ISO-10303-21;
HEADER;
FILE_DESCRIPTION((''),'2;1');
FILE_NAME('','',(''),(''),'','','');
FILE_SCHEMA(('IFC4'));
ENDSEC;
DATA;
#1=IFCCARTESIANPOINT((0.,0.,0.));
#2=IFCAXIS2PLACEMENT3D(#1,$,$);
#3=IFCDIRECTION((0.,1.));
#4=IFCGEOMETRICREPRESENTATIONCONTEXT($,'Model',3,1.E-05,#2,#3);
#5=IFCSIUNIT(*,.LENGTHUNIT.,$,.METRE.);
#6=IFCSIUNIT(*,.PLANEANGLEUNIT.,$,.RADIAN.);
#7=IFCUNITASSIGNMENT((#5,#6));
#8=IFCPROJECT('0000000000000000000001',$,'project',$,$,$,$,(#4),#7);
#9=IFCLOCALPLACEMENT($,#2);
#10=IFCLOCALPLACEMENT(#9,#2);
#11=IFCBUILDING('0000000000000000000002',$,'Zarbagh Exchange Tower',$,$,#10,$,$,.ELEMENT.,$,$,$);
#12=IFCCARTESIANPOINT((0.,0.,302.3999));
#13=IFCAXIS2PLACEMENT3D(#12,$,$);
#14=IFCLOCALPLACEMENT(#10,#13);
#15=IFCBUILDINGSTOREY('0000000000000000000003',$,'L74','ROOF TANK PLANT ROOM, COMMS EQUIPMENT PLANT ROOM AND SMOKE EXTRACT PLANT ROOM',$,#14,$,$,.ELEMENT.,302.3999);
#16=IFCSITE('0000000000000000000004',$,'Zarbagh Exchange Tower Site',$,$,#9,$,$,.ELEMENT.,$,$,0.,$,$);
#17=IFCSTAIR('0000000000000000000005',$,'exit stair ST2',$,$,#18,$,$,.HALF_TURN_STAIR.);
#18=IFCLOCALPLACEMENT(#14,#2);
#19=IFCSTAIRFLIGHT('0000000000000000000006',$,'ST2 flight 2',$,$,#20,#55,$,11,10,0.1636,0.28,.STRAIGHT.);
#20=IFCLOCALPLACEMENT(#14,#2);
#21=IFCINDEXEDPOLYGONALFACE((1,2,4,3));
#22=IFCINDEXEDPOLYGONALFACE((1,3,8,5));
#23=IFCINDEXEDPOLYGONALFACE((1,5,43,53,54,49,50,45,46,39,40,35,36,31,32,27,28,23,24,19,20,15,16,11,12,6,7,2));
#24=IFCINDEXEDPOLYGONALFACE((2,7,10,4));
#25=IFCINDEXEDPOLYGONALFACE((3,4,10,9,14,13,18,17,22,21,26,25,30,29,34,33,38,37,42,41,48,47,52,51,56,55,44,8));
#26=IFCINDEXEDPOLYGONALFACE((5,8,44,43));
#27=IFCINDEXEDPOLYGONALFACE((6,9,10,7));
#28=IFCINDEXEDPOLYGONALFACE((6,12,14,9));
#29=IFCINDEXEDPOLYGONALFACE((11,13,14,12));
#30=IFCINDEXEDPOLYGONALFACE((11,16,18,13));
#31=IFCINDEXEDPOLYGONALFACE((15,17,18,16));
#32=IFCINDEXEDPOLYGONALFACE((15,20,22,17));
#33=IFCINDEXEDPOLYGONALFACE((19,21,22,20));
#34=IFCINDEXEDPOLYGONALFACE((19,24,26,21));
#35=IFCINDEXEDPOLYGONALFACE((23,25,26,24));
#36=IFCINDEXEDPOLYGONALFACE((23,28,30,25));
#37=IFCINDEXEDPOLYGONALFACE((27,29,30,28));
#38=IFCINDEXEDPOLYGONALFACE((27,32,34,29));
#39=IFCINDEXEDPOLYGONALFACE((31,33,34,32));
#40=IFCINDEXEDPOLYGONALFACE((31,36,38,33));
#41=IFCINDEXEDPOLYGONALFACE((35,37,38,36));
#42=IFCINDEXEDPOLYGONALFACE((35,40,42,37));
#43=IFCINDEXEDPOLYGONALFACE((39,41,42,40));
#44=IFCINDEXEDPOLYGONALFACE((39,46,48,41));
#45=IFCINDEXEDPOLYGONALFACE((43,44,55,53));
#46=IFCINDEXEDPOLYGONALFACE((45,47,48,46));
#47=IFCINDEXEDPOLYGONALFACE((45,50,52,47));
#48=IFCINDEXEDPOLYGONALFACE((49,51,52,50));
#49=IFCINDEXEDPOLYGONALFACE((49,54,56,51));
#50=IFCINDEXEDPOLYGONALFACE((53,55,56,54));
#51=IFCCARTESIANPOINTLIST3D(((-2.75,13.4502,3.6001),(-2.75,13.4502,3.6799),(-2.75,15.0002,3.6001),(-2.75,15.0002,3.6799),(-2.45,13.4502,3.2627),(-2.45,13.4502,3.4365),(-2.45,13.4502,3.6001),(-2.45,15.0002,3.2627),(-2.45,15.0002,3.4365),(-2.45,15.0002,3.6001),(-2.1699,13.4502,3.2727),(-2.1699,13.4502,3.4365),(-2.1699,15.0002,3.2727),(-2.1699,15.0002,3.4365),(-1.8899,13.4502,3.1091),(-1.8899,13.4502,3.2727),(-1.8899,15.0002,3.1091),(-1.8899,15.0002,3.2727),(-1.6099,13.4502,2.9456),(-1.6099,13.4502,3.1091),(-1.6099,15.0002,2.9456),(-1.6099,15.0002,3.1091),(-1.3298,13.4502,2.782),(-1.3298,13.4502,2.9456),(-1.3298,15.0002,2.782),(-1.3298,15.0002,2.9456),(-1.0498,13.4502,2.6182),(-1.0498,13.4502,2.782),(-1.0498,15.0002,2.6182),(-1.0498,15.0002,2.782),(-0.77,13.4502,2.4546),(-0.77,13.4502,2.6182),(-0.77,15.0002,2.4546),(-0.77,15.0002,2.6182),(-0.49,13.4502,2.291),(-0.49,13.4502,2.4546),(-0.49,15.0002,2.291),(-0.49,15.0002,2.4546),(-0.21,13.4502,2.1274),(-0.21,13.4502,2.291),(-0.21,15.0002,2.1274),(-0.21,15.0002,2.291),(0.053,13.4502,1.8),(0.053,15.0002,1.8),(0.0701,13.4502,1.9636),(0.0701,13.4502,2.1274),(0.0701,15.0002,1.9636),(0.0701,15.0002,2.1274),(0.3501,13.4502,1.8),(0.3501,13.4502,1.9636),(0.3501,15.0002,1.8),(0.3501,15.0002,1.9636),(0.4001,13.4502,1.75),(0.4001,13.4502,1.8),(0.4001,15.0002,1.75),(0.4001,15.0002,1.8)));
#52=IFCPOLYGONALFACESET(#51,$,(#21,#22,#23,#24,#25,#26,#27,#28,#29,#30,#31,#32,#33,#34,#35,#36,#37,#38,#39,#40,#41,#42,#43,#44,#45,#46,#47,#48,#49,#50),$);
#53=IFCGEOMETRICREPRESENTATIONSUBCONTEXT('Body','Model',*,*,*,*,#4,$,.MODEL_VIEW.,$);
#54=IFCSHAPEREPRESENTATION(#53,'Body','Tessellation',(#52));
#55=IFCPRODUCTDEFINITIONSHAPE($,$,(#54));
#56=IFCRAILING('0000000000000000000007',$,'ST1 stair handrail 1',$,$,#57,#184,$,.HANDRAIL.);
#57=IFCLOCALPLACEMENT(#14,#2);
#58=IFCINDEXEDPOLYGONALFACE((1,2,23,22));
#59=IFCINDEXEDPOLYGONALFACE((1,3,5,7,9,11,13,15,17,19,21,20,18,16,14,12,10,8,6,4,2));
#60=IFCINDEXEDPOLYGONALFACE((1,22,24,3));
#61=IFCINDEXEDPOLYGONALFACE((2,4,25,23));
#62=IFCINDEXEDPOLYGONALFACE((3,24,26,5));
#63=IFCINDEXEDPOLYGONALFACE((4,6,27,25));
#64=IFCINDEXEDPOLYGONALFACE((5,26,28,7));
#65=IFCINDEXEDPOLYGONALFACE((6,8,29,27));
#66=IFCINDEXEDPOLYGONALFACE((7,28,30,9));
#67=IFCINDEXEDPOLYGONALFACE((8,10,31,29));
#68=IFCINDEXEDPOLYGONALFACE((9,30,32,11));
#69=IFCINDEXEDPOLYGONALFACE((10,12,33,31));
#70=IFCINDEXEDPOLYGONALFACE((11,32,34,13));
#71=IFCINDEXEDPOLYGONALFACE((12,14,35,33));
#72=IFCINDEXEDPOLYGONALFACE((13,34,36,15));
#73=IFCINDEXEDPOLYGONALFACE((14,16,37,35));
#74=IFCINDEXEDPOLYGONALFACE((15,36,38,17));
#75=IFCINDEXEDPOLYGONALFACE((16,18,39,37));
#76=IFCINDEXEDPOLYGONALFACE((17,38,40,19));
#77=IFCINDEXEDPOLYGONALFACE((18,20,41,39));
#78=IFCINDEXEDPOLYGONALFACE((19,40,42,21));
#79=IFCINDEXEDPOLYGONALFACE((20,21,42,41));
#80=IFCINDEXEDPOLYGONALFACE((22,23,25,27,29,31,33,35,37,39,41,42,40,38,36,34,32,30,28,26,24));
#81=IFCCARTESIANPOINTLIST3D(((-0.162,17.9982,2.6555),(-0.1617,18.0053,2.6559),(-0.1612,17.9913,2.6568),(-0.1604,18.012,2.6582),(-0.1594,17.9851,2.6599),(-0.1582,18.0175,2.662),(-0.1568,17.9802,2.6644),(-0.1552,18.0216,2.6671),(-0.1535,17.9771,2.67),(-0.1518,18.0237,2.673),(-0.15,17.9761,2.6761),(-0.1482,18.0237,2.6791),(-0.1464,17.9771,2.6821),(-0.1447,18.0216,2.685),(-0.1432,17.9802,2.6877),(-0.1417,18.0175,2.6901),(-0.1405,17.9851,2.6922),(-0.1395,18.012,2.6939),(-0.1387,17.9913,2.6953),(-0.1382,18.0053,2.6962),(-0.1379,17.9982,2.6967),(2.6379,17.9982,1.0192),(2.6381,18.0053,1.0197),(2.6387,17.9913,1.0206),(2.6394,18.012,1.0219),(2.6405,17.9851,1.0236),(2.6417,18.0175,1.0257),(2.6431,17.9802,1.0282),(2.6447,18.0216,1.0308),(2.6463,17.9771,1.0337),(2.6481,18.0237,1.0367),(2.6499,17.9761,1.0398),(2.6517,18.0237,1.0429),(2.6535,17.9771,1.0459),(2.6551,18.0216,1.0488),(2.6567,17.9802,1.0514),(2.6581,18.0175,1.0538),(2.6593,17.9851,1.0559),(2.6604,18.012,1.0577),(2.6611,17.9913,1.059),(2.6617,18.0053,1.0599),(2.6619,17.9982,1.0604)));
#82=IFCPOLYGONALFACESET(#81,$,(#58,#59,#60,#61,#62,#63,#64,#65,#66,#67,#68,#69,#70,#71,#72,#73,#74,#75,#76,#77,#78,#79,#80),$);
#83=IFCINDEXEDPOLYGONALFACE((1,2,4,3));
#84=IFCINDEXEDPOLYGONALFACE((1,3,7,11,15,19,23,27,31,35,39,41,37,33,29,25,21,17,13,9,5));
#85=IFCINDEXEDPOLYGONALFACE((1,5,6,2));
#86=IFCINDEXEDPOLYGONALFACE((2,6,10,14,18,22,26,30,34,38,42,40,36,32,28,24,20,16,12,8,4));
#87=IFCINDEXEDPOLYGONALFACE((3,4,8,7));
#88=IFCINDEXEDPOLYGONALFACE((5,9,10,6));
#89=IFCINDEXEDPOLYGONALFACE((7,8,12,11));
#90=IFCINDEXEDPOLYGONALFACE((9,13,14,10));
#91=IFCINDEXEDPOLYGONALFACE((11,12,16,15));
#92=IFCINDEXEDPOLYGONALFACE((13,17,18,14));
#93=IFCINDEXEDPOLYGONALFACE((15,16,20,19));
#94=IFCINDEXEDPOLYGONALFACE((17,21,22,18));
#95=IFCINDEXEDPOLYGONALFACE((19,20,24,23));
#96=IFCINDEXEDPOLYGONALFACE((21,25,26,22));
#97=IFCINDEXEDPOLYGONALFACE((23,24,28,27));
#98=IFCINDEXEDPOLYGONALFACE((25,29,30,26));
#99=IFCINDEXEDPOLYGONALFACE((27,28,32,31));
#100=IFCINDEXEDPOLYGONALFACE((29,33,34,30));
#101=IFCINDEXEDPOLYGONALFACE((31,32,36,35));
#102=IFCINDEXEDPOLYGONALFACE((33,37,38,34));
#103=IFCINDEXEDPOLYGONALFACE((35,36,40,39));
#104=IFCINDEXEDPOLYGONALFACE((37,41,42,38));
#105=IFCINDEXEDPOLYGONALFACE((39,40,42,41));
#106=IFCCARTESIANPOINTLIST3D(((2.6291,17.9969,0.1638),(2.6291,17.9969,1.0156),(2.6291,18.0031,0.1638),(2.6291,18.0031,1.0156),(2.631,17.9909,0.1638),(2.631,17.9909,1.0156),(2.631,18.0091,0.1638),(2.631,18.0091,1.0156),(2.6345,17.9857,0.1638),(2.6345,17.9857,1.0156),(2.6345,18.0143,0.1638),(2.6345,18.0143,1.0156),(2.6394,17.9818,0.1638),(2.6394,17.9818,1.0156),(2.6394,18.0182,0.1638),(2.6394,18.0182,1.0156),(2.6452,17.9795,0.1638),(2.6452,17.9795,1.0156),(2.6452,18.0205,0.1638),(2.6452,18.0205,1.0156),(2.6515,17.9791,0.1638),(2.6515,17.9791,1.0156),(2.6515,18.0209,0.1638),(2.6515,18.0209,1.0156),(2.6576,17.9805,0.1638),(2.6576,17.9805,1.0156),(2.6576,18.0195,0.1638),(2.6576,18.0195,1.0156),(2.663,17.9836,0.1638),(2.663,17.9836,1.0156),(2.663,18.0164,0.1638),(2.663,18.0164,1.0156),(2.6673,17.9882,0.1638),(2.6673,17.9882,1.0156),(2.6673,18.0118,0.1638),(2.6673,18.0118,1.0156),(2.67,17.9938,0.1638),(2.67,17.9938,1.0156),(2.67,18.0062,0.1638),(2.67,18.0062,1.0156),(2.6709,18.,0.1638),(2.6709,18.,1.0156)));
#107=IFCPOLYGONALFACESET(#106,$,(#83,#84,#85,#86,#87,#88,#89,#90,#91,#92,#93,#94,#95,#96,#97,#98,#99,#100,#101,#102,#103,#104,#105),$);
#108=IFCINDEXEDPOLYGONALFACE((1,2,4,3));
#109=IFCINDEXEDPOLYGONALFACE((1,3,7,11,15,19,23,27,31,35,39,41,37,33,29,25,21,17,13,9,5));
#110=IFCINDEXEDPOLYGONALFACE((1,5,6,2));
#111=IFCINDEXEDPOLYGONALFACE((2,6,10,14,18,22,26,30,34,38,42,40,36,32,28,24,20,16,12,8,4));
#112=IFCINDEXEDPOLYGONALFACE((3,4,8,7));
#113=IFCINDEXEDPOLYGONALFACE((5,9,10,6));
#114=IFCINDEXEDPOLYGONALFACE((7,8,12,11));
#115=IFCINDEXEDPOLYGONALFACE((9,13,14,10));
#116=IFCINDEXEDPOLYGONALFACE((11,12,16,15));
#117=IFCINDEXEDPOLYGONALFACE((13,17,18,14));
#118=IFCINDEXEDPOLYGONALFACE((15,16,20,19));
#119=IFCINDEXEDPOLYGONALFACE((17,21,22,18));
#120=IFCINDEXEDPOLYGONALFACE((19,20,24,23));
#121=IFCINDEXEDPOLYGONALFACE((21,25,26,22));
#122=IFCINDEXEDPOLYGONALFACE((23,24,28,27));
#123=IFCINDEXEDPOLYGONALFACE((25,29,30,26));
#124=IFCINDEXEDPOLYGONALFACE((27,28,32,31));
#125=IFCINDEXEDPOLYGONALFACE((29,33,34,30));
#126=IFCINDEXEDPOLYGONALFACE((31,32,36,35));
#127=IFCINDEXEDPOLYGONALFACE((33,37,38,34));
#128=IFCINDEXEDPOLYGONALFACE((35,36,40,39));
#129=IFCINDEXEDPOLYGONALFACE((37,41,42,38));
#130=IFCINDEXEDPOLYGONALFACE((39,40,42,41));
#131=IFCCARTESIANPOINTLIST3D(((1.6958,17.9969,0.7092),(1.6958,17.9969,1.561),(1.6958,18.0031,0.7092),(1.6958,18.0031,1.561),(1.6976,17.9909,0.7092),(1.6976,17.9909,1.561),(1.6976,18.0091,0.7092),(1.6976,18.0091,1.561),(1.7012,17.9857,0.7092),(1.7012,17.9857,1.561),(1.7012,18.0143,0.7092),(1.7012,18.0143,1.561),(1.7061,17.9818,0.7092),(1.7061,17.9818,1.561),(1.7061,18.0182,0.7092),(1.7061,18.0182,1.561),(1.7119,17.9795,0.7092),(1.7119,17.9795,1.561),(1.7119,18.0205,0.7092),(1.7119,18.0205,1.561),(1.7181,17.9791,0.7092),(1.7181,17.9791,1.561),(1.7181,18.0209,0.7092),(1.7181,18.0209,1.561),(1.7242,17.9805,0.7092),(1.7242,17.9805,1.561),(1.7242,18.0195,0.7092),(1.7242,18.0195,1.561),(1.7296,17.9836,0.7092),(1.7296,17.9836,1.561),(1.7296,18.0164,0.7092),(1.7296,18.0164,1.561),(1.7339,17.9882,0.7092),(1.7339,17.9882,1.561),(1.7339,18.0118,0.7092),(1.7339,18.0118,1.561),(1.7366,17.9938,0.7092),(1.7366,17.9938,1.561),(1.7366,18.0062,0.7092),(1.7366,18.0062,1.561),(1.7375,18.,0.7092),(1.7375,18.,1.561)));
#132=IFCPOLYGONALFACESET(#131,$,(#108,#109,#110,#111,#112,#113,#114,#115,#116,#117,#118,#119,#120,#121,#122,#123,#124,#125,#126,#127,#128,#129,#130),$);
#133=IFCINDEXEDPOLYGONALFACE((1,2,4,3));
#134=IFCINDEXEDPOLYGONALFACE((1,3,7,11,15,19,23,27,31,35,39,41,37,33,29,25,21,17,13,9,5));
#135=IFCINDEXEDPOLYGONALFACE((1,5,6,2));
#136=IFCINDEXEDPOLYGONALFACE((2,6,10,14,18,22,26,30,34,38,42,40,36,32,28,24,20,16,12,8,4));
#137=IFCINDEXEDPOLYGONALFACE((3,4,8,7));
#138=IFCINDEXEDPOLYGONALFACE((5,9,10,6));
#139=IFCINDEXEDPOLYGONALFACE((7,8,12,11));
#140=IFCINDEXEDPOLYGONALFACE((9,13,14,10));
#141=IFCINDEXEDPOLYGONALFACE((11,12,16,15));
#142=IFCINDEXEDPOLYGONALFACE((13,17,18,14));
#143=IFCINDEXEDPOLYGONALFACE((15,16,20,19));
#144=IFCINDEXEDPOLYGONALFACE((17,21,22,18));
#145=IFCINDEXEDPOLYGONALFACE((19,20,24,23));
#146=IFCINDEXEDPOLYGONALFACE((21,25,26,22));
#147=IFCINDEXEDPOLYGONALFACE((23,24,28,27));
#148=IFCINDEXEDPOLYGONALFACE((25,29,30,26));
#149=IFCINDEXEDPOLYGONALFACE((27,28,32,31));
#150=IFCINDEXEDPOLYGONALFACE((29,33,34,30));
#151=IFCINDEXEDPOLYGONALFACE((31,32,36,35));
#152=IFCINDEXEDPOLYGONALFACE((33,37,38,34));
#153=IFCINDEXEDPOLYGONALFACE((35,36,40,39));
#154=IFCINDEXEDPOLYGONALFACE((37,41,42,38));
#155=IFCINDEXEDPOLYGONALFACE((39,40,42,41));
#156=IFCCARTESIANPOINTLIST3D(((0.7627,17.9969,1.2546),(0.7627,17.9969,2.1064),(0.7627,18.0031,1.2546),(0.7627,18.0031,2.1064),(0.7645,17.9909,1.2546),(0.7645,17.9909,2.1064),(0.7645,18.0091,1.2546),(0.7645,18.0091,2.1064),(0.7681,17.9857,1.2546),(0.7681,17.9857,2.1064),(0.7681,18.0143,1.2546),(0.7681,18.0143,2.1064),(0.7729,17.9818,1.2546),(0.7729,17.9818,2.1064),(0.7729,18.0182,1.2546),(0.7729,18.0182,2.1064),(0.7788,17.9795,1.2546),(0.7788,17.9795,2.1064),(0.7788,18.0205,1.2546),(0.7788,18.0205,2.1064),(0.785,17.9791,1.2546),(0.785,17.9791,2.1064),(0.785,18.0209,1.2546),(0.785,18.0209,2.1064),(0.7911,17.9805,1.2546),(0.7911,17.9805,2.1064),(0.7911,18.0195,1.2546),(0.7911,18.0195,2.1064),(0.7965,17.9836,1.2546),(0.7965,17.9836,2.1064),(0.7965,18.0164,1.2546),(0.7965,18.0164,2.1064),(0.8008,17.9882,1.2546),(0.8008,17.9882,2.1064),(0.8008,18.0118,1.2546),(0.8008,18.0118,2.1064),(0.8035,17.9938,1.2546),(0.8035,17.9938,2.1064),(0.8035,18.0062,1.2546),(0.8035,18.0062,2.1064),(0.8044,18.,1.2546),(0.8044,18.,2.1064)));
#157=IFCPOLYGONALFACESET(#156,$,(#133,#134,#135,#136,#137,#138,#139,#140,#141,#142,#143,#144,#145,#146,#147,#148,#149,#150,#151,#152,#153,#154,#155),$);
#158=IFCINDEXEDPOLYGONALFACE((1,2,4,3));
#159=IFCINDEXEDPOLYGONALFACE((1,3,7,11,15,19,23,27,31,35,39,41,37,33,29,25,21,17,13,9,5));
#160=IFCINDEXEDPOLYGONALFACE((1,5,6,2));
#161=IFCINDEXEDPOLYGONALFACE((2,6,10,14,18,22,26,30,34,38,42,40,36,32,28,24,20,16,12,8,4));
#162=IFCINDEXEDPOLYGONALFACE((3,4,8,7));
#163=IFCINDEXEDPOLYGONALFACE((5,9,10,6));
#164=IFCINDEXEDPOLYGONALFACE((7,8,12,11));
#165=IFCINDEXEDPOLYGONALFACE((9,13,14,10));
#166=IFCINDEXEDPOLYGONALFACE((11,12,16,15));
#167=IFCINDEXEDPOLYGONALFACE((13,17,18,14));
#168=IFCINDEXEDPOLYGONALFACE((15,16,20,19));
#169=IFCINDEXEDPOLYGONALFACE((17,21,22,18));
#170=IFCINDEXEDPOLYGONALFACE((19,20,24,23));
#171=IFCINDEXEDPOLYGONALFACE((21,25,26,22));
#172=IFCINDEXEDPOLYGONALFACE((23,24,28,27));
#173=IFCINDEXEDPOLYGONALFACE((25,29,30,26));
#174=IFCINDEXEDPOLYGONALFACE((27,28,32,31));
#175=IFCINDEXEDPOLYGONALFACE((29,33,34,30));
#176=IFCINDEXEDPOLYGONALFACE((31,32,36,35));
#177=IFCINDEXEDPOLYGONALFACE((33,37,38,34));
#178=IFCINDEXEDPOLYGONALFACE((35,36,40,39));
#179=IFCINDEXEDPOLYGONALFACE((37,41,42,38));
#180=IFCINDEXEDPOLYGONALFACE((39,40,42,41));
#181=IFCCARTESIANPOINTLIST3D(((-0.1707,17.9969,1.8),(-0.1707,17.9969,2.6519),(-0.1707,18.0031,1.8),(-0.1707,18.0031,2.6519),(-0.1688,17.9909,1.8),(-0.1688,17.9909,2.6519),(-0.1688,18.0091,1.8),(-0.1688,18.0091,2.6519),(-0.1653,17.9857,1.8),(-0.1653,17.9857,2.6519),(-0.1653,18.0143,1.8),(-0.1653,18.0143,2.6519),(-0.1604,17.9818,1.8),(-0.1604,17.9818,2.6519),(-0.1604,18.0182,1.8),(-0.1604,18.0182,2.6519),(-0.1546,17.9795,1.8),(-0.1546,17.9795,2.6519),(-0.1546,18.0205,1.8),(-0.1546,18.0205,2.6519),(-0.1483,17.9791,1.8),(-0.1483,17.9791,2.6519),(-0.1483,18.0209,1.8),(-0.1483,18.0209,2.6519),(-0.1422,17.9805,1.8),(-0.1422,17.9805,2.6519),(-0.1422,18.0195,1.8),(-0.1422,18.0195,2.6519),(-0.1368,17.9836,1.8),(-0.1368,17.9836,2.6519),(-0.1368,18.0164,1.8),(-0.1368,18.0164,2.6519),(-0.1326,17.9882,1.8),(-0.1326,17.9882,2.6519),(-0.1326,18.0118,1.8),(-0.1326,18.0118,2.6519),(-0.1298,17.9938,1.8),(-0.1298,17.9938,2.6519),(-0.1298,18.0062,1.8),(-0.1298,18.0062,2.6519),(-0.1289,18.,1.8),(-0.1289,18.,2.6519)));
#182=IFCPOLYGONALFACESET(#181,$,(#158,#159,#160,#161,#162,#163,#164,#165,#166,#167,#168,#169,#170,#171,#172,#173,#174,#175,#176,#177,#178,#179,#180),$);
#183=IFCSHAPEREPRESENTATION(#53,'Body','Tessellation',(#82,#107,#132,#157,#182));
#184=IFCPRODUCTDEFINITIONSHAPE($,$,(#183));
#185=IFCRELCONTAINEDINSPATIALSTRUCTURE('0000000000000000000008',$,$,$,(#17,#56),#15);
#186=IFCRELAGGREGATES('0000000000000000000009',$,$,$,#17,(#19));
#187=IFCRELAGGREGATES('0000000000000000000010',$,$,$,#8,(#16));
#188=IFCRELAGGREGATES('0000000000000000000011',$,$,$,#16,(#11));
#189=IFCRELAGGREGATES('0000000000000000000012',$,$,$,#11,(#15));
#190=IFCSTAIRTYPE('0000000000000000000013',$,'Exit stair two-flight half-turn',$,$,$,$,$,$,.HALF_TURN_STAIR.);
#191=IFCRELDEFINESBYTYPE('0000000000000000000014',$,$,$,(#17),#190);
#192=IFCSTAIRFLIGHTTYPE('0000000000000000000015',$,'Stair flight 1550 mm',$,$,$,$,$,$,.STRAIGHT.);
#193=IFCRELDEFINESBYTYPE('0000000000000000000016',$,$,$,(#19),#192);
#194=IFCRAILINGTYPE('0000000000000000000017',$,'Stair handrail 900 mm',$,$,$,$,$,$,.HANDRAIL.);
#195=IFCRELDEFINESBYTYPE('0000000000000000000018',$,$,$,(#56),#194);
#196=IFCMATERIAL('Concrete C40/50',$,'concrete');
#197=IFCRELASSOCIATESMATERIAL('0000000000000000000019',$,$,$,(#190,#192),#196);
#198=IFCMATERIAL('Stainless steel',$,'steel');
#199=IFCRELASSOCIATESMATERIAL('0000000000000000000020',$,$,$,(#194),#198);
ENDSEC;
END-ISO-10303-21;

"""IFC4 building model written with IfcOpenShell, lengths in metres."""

from ifc_helpers import new_model, si_unit, direction, frame, origin, origin_2d, place, context, subcontext, project, spatial, polyline, circle, outline, extrude, material, type_object, element, aggregate, save


model = new_model("IFC4")

# Units and contexts
model_context = context("Model", 3, precision=1e-05, world=origin(), true_north=direction((0.0, 1.0)))
body_context = subcontext(model_context, "Body", "Model", "MODEL_VIEW")
ifc_project = project(units=[si_unit("LENGTHUNIT", "METRE"), si_unit("PLANEANGLEUNIT", "RADIAN")], contexts=[model_context])

# Site, building, storey
site_placement = place(None, origin())
site = spatial("IfcSite", under=ifc_project, at=site_placement, Name="Zarbagh Exchange Tower Site", CompositionType="ELEMENT", RefElevation=0.0)
building_placement = place(site_placement, origin())
building = spatial("IfcBuilding", under=site, at=building_placement, Name="Zarbagh Exchange Tower", CompositionType="ELEMENT")
storey_placement = place(building_placement, frame((0.0, 0.0, 302.3999)))
storey = spatial("IfcBuildingStorey", under=building, at=storey_placement, Name="L74", Description="ROOF TANK PLANT ROOM, COMMS EQUIPMENT PLANT ROOM AND SMOKE EXTRACT PLANT ROOM", CompositionType="ELEMENT", Elevation=302.3999)

# Shared definitions
ifc_material_1 = material(Name="Concrete C40/50", Category="concrete")

# Shared definitions
stair_type = type_object("IfcStairType", Name="Exit stair two-flight half-turn", PredefinedType="HALF_TURN_STAIR", material=ifc_material_1)

# Stair, stair flight
stair_1_placement = place(storey_placement, origin())
stair_1 = element("IfcStair", 1, at=stair_1_placement, inside=storey, type_object=stair_type, Name="exit stair ST2", PredefinedType="HALF_TURN_STAIR")
stair_flight_type_1 = type_object("IfcStairFlightType", Name="Stair flight 1550 mm", PredefinedType="STRAIGHT", material=ifc_material_1)
stair_flight_1_placement = place(storey_placement, frame((0.3501, 14.2251, 1.8), z_axis=(0.0, 0.0, 1.0), x_axis=(-1.0, 0.0, 0.0)))
stair_flight_1 = element("IfcStairFlight", 2, at=stair_flight_1_placement, type_object=stair_flight_type_1, Name="ST2 flight 2", NumberOfRisers=11, NumberOfTreads=10, PredefinedType="STRAIGHT", RiserHeight=0.1636, TreadLength=0.28, context=body_context, shape_type="SweptSolid", body=[
    extrude(outline(polyline([(-0.05, -0.05), (-0.05, 0.0), (0.0, 0.0), (0.0, 0.1636), (0.28, 0.1636), (0.28, 0.3274), (0.5601, 0.3274), (0.5601, 0.491), (0.8401, 0.491), (0.8401, 0.6545), (1.1201, 0.6545), (1.1201, 0.8181), (1.3999, 0.8181), (1.3999, 0.9819), (1.6799, 0.9819), (1.6799, 1.1455), (1.96, 1.1455), (1.96, 1.3091), (2.24, 1.3091), (2.24, 1.4727), (2.52, 1.4727), (2.52, 1.6365), (2.8, 1.6365), (2.8, 1.8), (3.1001, 1.8799), (3.1001, 1.8), (2.8, 1.4626), (0.2971, 0.0), (-0.05, -0.05)])), frame((0.0, 0.7749, 0.0), z_axis=(0.0, -1.0, 0.0), x_axis=(1.0, 0.0, 0.0)), (0.0, 0.0, 1.0), 1.55),
])
aggregate(stair_1, [stair_flight_1])

# Railing
ifc_material_2 = material(Name="Stainless steel", Category="steel")
railing_type_1 = type_object("IfcRailingType", Name="Stair handrail 900 mm", PredefinedType="HANDRAIL", material=ifc_material_2)
railing_1_placement = place(storey_placement, frame((2.6499, 18.0, 0.1638)))
element("IfcRailing", 3, at=railing_1_placement, inside=storey, type_object=railing_type_1, Name="ST1 stair handrail 1", PredefinedType="HANDRAIL", context=body_context, shape_type="SweptSolid", body=[
    extrude(circle(Radius=0.0239, at=origin_2d()), frame((0.0, 0.0, 0.876), z_axis=(-0.863374, 0.0, 0.504564), x_axis=(0.0, -1.0, 0.0)), (0.0, 0.0, 1.0), 3.2429),
    extrude(circle(Radius=0.021, at=origin_2d()), origin(), (0.0, 0.0, 1.0), 0.8518),
    extrude(circle(Radius=0.021, at=origin_2d()), frame((-0.9333, 0.0, 0.5454)), (0.0, 0.0, 1.0), 0.8518),
    extrude(circle(Radius=0.021, at=origin_2d()), frame((-1.8665, 0.0, 1.0908)), (0.0, 0.0, 1.0), 0.8518),
    extrude(circle(Radius=0.021, at=origin_2d()), frame((-2.7998, 0.0, 1.6362)), (0.0, 0.0, 1.0), 0.8518),
])

save(model, "model.ifc")
